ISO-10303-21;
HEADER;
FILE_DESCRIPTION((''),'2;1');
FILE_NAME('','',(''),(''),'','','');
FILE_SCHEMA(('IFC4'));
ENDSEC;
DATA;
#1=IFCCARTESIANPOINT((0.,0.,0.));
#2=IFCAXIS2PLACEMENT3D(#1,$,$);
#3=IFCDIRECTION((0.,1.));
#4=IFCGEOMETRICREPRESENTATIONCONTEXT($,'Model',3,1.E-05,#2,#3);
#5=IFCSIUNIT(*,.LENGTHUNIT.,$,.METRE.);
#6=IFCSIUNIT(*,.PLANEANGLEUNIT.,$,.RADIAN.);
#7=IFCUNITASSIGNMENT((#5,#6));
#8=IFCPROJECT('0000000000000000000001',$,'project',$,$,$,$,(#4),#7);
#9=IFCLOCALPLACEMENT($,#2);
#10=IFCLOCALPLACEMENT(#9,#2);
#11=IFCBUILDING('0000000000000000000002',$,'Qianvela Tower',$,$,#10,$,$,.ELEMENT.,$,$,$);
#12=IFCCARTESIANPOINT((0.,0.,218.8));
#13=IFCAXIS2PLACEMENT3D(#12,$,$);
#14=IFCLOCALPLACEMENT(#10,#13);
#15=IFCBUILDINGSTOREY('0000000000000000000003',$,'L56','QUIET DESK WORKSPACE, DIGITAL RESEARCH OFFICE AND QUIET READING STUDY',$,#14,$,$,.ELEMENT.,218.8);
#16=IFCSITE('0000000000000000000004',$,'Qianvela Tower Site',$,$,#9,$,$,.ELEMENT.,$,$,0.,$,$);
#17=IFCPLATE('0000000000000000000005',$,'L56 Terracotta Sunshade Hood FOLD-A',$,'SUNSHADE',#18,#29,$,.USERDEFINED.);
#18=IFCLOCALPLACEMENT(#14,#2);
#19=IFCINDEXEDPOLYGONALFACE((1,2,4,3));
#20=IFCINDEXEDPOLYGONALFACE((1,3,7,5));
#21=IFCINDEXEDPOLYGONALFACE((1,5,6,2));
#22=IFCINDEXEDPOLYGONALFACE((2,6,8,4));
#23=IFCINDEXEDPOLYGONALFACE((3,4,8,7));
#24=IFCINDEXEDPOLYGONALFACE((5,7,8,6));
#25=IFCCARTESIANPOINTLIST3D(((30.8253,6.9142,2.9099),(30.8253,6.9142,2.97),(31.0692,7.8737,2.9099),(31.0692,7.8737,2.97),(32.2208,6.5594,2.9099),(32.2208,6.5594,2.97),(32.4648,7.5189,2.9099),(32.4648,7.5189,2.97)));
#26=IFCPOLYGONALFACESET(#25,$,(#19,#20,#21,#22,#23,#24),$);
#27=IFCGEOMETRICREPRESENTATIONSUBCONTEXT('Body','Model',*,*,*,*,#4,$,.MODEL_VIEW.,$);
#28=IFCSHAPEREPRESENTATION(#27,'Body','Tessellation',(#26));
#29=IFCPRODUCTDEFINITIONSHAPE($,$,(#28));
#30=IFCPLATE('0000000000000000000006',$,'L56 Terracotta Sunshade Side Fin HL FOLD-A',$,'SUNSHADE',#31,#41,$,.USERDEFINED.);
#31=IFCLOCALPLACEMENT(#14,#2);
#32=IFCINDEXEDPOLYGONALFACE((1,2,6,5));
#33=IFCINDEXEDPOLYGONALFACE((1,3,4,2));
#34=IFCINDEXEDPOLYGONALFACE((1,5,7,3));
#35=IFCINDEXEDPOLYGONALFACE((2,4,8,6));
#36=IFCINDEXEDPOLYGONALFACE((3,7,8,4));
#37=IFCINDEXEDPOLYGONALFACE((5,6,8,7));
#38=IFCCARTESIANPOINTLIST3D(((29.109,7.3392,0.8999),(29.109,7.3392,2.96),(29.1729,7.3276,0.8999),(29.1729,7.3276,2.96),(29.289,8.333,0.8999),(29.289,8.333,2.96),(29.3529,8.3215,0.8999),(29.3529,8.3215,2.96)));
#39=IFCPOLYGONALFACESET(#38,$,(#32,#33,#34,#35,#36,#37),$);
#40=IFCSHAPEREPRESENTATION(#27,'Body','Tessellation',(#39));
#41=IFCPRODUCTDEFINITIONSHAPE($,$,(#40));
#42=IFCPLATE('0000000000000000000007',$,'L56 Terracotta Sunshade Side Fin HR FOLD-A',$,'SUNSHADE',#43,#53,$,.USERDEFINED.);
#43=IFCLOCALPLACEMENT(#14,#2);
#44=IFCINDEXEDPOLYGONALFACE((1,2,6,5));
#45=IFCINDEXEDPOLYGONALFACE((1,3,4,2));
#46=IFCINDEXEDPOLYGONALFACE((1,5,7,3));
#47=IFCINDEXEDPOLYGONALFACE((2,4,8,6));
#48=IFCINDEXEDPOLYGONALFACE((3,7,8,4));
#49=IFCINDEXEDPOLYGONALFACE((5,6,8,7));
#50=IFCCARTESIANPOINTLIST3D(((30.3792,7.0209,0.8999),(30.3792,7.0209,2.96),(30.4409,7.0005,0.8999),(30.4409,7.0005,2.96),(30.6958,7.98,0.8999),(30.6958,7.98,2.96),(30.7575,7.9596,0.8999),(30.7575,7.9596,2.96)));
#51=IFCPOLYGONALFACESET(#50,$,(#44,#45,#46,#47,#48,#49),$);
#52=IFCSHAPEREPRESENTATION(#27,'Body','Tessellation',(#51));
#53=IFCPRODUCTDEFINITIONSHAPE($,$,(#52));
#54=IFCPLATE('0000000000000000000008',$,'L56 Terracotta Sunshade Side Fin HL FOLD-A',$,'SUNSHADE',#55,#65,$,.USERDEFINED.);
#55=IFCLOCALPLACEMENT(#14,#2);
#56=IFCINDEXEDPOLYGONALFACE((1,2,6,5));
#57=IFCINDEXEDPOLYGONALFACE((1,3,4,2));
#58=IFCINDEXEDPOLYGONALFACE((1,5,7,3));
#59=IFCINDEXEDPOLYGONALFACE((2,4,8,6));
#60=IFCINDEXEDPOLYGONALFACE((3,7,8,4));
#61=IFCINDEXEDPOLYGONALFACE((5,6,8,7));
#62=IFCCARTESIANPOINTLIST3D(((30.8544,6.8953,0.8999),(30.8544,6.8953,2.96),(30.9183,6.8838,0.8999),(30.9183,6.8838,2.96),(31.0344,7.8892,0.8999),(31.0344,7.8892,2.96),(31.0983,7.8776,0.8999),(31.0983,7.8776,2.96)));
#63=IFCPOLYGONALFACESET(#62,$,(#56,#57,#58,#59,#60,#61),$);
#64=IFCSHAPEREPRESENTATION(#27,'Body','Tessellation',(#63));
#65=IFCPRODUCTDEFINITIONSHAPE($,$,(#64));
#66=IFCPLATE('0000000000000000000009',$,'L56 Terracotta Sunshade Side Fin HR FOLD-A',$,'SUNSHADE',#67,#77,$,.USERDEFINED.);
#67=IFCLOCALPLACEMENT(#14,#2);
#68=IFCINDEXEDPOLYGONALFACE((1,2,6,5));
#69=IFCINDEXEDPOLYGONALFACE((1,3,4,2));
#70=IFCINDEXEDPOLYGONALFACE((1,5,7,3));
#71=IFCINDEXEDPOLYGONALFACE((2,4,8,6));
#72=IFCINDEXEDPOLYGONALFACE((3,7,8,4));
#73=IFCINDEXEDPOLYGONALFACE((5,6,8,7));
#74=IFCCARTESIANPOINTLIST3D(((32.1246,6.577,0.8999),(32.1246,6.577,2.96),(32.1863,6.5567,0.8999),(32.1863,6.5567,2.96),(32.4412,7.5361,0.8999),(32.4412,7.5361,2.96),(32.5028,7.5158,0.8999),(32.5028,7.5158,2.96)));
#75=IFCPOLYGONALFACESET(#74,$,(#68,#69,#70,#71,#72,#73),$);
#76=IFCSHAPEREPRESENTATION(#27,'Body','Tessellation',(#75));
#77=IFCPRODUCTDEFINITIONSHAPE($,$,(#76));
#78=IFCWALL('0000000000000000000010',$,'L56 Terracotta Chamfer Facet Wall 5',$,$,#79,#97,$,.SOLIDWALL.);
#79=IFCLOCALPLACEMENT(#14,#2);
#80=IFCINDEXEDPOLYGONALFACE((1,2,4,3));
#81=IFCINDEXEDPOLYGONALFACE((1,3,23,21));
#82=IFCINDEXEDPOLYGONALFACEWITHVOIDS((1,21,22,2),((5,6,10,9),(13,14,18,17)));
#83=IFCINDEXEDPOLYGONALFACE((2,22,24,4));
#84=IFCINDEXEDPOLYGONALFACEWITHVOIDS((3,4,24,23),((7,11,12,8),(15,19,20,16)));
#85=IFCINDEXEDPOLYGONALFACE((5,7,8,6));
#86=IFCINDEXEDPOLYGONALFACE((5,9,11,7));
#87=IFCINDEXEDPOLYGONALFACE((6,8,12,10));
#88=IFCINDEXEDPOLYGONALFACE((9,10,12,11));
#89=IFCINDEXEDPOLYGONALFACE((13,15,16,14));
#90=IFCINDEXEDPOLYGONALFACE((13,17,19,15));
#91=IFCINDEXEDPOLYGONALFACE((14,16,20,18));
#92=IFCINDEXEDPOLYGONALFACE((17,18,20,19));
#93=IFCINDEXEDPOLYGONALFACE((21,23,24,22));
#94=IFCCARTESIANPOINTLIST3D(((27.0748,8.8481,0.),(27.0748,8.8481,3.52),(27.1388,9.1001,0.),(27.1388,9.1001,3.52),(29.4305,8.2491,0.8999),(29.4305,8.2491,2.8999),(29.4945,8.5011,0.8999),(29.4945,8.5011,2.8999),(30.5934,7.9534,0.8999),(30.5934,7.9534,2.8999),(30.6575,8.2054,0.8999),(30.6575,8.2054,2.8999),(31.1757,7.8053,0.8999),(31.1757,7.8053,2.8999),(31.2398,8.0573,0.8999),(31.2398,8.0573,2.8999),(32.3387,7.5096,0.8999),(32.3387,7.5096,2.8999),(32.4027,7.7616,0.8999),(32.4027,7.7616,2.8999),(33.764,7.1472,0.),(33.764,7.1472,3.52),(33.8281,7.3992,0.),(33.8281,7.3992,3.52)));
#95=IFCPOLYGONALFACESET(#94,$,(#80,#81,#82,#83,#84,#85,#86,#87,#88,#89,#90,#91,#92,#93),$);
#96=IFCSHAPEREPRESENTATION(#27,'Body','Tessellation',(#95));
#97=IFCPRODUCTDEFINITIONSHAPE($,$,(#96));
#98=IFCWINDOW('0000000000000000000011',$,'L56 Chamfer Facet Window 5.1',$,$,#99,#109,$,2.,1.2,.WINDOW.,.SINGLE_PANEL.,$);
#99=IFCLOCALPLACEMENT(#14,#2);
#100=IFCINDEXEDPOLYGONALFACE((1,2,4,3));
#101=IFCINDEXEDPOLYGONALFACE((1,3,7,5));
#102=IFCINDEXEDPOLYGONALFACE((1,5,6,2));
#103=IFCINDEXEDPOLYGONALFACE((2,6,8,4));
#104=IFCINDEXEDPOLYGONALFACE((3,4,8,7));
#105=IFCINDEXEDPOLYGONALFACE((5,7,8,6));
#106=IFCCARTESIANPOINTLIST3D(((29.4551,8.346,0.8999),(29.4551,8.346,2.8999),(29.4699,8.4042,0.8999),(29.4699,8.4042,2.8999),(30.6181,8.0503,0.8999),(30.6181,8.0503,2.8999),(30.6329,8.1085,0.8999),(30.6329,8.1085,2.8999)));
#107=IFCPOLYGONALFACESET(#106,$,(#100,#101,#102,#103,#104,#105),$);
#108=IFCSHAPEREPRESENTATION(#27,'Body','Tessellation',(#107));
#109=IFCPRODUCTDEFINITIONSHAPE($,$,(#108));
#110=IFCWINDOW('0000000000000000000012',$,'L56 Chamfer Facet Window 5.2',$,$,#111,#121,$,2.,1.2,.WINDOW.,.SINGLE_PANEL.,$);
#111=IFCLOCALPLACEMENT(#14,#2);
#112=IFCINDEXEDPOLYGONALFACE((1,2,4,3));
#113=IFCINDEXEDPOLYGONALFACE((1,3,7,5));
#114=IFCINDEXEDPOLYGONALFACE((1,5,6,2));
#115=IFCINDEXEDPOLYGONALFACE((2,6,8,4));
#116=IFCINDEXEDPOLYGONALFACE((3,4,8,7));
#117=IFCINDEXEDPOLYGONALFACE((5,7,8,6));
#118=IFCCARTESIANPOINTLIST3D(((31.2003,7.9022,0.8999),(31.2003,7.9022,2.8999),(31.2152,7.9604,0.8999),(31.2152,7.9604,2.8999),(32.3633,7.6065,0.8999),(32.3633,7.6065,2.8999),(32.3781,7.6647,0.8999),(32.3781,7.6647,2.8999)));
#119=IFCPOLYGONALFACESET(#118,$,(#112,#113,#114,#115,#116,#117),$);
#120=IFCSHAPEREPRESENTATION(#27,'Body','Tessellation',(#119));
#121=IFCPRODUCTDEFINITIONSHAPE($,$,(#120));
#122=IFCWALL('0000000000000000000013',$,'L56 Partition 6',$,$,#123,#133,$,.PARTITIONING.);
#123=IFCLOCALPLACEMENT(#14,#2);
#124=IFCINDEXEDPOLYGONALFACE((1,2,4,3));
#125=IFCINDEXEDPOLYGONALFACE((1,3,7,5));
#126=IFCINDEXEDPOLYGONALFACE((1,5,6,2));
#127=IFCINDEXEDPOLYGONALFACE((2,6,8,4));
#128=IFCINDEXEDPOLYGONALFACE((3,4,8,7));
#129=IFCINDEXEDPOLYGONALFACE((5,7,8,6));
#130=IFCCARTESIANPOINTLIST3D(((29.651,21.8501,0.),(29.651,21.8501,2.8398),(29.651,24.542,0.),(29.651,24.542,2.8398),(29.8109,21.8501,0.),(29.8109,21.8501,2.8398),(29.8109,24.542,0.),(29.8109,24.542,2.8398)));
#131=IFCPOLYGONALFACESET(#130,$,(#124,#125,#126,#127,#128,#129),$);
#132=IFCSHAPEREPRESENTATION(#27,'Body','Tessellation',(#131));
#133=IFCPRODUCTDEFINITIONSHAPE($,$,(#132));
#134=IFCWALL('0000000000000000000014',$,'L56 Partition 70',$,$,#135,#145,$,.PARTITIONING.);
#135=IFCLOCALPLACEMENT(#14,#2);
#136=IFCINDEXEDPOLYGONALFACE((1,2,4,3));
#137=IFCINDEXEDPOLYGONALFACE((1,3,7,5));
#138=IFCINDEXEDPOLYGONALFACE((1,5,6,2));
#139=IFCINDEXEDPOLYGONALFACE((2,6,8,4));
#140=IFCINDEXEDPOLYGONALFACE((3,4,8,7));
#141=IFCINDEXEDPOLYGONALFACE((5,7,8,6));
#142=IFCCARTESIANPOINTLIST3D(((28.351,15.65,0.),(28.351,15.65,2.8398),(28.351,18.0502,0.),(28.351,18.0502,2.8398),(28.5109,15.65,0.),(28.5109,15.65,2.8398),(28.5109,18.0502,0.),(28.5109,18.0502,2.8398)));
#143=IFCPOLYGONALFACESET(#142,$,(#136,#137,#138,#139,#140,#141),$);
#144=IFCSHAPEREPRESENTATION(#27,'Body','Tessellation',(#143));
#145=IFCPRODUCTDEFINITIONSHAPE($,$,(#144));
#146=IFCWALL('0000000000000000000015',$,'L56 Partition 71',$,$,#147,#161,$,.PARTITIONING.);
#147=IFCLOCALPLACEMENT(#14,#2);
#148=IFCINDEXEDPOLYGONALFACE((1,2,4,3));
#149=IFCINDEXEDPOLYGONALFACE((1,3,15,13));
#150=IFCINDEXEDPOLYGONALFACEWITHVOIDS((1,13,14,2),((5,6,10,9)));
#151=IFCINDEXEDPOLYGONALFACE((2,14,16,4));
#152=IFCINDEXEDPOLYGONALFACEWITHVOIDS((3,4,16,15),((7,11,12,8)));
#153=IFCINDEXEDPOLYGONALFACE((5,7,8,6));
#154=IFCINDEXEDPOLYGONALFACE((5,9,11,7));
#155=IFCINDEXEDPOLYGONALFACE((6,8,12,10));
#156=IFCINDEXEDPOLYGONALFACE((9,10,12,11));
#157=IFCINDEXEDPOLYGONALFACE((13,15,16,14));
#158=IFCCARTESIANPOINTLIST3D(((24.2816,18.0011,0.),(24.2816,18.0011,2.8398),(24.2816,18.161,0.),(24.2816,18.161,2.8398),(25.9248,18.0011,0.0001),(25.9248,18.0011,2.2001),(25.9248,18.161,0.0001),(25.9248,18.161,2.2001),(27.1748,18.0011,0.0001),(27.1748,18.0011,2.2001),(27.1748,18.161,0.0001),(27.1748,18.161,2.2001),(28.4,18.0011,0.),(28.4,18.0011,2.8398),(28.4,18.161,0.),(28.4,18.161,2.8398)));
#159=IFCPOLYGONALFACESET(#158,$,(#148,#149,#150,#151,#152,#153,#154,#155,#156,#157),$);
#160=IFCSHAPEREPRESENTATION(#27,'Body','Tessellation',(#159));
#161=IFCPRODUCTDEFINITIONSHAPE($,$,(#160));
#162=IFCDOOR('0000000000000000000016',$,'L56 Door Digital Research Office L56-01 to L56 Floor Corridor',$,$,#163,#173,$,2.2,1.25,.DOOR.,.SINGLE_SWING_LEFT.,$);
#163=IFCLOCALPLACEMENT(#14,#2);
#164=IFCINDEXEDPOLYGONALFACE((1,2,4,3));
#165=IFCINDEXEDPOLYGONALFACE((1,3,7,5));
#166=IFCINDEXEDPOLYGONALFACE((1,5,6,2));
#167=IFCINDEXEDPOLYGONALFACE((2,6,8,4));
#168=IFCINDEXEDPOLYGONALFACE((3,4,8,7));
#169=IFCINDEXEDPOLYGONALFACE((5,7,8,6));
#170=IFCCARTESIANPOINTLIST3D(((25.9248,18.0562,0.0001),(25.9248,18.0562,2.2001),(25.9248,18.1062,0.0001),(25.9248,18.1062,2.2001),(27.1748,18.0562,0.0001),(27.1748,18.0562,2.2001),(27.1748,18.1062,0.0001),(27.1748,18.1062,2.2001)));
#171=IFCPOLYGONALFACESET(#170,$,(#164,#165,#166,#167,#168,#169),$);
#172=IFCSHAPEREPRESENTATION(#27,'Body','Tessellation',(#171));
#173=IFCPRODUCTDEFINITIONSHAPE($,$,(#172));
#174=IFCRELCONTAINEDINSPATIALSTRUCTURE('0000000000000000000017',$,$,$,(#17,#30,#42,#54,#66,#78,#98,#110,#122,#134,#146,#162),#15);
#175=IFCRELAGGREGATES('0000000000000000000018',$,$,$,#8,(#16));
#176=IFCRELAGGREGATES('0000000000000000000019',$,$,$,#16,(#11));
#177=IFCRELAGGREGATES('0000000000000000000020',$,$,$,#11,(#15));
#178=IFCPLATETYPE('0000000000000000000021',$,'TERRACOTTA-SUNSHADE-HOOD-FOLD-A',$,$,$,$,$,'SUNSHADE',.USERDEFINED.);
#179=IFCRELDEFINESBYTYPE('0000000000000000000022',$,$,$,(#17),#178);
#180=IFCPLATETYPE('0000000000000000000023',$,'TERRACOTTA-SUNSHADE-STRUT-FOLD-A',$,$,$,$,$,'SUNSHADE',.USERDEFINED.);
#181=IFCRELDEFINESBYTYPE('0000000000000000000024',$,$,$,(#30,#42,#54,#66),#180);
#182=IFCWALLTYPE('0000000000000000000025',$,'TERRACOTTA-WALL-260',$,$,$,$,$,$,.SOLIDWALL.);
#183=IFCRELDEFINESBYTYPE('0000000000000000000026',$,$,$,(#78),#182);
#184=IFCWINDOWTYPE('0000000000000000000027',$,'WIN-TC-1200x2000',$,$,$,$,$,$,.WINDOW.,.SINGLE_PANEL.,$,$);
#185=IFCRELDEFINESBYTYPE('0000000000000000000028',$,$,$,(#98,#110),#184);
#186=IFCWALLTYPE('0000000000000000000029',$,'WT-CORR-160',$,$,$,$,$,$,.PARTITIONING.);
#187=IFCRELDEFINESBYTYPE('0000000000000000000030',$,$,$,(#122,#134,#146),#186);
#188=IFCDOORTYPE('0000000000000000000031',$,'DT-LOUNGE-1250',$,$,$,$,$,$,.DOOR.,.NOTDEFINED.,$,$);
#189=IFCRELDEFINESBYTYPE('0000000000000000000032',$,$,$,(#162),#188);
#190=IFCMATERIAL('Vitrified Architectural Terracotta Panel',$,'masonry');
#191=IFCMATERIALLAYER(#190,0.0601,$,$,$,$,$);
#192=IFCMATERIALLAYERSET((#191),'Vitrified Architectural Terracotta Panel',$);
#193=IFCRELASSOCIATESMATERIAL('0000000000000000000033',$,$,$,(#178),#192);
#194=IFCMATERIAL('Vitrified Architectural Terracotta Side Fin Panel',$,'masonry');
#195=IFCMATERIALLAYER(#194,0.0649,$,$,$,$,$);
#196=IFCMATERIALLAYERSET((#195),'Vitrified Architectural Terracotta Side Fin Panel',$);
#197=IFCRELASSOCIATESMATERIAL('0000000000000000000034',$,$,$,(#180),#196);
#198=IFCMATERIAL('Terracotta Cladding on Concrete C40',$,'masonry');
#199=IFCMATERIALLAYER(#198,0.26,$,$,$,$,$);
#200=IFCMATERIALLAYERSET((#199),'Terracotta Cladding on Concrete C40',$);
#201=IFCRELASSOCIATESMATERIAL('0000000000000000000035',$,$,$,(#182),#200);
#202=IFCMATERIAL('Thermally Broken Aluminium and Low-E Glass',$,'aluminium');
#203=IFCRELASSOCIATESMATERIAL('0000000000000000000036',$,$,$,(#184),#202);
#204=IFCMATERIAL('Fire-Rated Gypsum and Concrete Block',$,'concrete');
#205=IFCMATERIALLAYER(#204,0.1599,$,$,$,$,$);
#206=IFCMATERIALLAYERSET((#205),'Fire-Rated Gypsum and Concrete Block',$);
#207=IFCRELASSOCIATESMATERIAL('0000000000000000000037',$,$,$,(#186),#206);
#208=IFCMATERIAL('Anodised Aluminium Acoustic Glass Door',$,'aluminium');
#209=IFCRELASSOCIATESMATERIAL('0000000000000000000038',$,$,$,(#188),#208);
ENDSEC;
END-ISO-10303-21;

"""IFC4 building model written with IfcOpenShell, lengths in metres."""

from ifc_helpers import new_model, si_unit, direction, frame, frame_2d, origin, origin_2d, place, context, subcontext, project, spatial, rectangle, extrude, material, layer, layer_set, type_object, element, fill, save


model = new_model("IFC4")

# Units and contexts
model_context = context("Model", 3, precision=1e-05, world=origin(), true_north=direction((0.0, 1.0)))
body_context = subcontext(model_context, "Body", "Model", "MODEL_VIEW")
ifc_project = project(units=[si_unit("LENGTHUNIT", "METRE"), si_unit("PLANEANGLEUNIT", "RADIAN")], contexts=[model_context])

# Site, building, storey
site_placement = place(None, origin())
site = spatial("IfcSite", under=ifc_project, at=site_placement, Name="Qianvela Tower Site", CompositionType="ELEMENT", RefElevation=0.0)
building_placement = place(site_placement, origin())
building = spatial("IfcBuilding", under=site, at=building_placement, Name="Qianvela Tower", CompositionType="ELEMENT")
storey_placement = place(building_placement, frame((0.0, 0.0, 218.8)))
storey = spatial("IfcBuildingStorey", under=building, at=storey_placement, Name="L56", Description="QUIET DESK WORKSPACE, DIGITAL RESEARCH OFFICE AND QUIET READING STUDY", CompositionType="ELEMENT", Elevation=218.8)

# Plates
ifc_material_1 = material(Name="Vitrified Architectural Terracotta Panel", Category="masonry")
ifc_layer_1 = layer(ifc_material_1, 0.0601)
ifc_layer_set_1 = layer_set([ifc_layer_1], Name="Vitrified Architectural Terracotta Panel")
plate_type_1 = type_object("IfcPlateType", Name="TERRACOTTA-SUNSHADE-HOOD-FOLD-A", ElementType="SUNSHADE", PredefinedType="USERDEFINED", material=ifc_layer_set_1)
for number, where, z_axis, x_axis, name in (
    (1, (31.645, 7.2166, 2.9099), (0.0, 0.0, 1.0), (0.969162, -0.246424, 0.0), "L56 Terracotta Sunshade Hood FOLD-A"),
):
    element("IfcPlate", number, at=place(storey_placement, frame(where, z_axis=z_axis, x_axis=x_axis)), inside=storey, type_object=plate_type_1, Name=name, ObjectType="SUNSHADE", PredefinedType="USERDEFINED", context=body_context, shape_type="SweptSolid", body=[
        extrude(rectangle(XDim=1.4399, YDim=0.99, at=origin_2d()), origin(), (0.0, 0.0, 1.0), 0.0601),
    ])
ifc_material_2 = material(Name="Vitrified Architectural Terracotta Side Fin Panel", Category="masonry")
ifc_layer_2 = layer(ifc_material_2, 0.0649)
ifc_layer_set_2 = layer_set([ifc_layer_2], Name="Vitrified Architectural Terracotta Side Fin Panel")
plate_type_2 = type_object("IfcPlateType", Name="TERRACOTTA-SUNSHADE-STRUT-FOLD-A", ElementType="SUNSHADE", PredefinedType="USERDEFINED", material=ifc_layer_set_2)
for number, where, z_axis, x_axis, name in (
    (2, (29.231, 7.8303, 0.8999), (0.0, 0.0, 1.0), (0.983991, -0.178218, 0.0), "L56 Terracotta Sunshade Side Fin HL FOLD-A"),
    (3, (30.5684, 7.4902, 0.8999), (0.0, 0.0, 1.0), (0.949612, -0.313429, 0.0), "L56 Terracotta Sunshade Side Fin HR FOLD-A"),
    (4, (30.9763, 7.3865, 0.8999), (0.0, 0.0, 1.0), (0.983991, -0.178218, 0.0), "L56 Terracotta Sunshade Side Fin HL FOLD-A"),
    (5, (32.3137, 7.0464, 0.8999), (0.0, 0.0, 1.0), (0.949612, -0.313429, 0.0), "L56 Terracotta Sunshade Side Fin HR FOLD-A"),
):
    element("IfcPlate", number, at=place(storey_placement, frame(where, z_axis=z_axis, x_axis=x_axis)), inside=storey, type_object=plate_type_2, Name=name, ObjectType="SUNSHADE", PredefinedType="USERDEFINED", context=body_context, shape_type="SweptSolid", body=[
        extrude(rectangle(XDim=0.0649, YDim=1.01, at=origin_2d()), origin(), (0.0, 0.0, 1.0), 2.0601),
    ])

# Wall, openings, windows
ifc_material_3 = material(Name="Terracotta Cladding on Concrete C40", Category="masonry")
ifc_layer_3 = layer(ifc_material_3, 0.26)
ifc_layer_set_3 = layer_set([ifc_layer_3], Name="Terracotta Cladding on Concrete C40")
wall_type_1 = type_object("IfcWallType", Name="TERRACOTTA-WALL-260", PredefinedType="SOLIDWALL", material=ifc_layer_set_3)
wall_1_placement = place(storey_placement, frame((27.1067, 8.9741, 0.0), z_axis=(0.0, 0.0, 1.0), x_axis=(0.969159, -0.246437, 0.0)))
wall_1 = element("IfcWall", 6, at=wall_1_placement, inside=storey, type_object=wall_type_1, Name="L56 Terracotta Chamfer Facet Wall 5", PredefinedType="SOLIDWALL", context=body_context, shape_type="SweptSolid", body=[
    extrude(rectangle(XDim=6.9021, YDim=0.26, at=frame_2d((3.4512, 0.0))), origin(), (0.0, 0.0, 1.0), 3.52),
])
opening_1_placement = place(wall_1_placement, frame((2.4307, 0.0, 0.8999)))
opening_1 = element("IfcOpeningElement", 7, at=opening_1_placement, cuts=wall_1, PredefinedType="OPENING", context=body_context, shape_type="SweptSolid", body=[
    extrude(rectangle(XDim=1.2, YDim=2.0, at=frame_2d((0.6001, 1.0))), frame((0.0, 0.1399, 0.0), z_axis=(0.0, -1.0, 0.0), x_axis=(1.0, 0.0, 0.0)), (0.0, 0.0, 1.0), 0.28),
])
opening_2_placement = place(wall_1_placement, frame((4.2314, 0.0, 0.8999)))
opening_2 = element("IfcOpeningElement", 8, at=opening_2_placement, cuts=wall_1, PredefinedType="OPENING", context=body_context, shape_type="SweptSolid", body=[
    extrude(rectangle(XDim=1.2, YDim=2.0, at=frame_2d((0.6001, 1.0))), frame((0.0, 0.1399, 0.0), z_axis=(0.0, -1.0, 0.0), x_axis=(1.0, 0.0, 0.0)), (0.0, 0.0, 1.0), 0.28),
])
ifc_material_4 = material(Name="Thermally Broken Aluminium and Low-E Glass", Category="aluminium")
window_type = type_object("IfcWindowType", Name="WIN-TC-1200x2000", PartitioningType="SINGLE_PANEL", PredefinedType="WINDOW", material=ifc_material_4)
window_1_placement = place(opening_1_placement, origin())
window_1 = element("IfcWindow", 9, at=window_1_placement, inside=storey, type_object=window_type, Name="L56 Chamfer Facet Window 5.1", OverallHeight=2.0, OverallWidth=1.2, PartitioningType="SINGLE_PANEL", PredefinedType="WINDOW", context=body_context, shape_type="SweptSolid", body=[
    extrude(rectangle(XDim=1.2, YDim=2.0, at=frame_2d((0.6001, 1.0))), frame((0.0, 0.03, 0.0), z_axis=(0.0, -1.0, 0.0), x_axis=(1.0, 0.0, 0.0)), (0.0, 0.0, 1.0), 0.0601),
])
fill(opening_1, window_1)
window_2_placement = place(opening_2_placement, origin())
window_2 = element("IfcWindow", 10, at=window_2_placement, inside=storey, type_object=window_type, Name="L56 Chamfer Facet Window 5.2", OverallHeight=2.0, OverallWidth=1.2, PartitioningType="SINGLE_PANEL", PredefinedType="WINDOW", context=body_context, shape_type="SweptSolid", body=[
    extrude(rectangle(XDim=1.2, YDim=2.0, at=frame_2d((0.6001, 1.0))), frame((0.0, 0.03, 0.0), z_axis=(0.0, -1.0, 0.0), x_axis=(1.0, 0.0, 0.0)), (0.0, 0.0, 1.0), 0.0601),
])
fill(opening_2, window_2)

# Walls
ifc_material_5 = material(Name="Fire-Rated Gypsum and Concrete Block", Category="concrete")
ifc_layer_4 = layer(ifc_material_5, 0.1599)
ifc_layer_set_4 = layer_set([ifc_layer_4], Name="Fire-Rated Gypsum and Concrete Block")
wall_type_2 = type_object("IfcWallType", Name="WT-CORR-160", PredefinedType="PARTITIONING", material=ifc_layer_set_4)
wall_2_placement = place(storey_placement, frame((29.731, 21.8501, 0.0), z_axis=(0.0, 0.0, 1.0), x_axis=(0.0, 1.0, 0.0)))
element("IfcWall", 11, at=wall_2_placement, inside=storey, type_object=wall_type_2, Name="L56 Partition 6", PredefinedType="PARTITIONING", context=body_context, shape_type="SweptSolid", body=[
    extrude(rectangle(XDim=2.6919, YDim=0.1599, at=frame_2d((1.3459, 0.0))), origin(), (0.0, 0.0, 1.0), 2.8398),
])
wall_3_placement = place(storey_placement, frame((28.4309, 15.6499, 0.0), z_axis=(0.0, 0.0, 1.0), x_axis=(0.0, 1.0, 0.0)))
element("IfcWall", 12, at=wall_3_placement, inside=storey, type_object=wall_type_2, Name="L56 Partition 70", PredefinedType="PARTITIONING", context=body_context, shape_type="SweptSolid", body=[
    extrude(rectangle(XDim=2.4001, YDim=0.1599, at=frame_2d((1.2002, 0.0))), origin(), (0.0, 0.0, 1.0), 2.8398),
])

# Wall, opening, door
wall_4_placement = place(storey_placement, frame((28.3999, 18.0811, 0.0), z_axis=(0.0, 0.0, 1.0), x_axis=(-1.0, 0.0, 0.0)))
wall_4 = element("IfcWall", 13, at=wall_4_placement, inside=storey, type_object=wall_type_2, Name="L56 Partition 71", PredefinedType="PARTITIONING", context=body_context, shape_type="SweptSolid", body=[
    extrude(rectangle(XDim=4.1184, YDim=0.1599, at=frame_2d((2.0591, 0.0))), origin(), (0.0, 0.0, 1.0), 2.8398),
])
opening_3_placement = place(wall_4_placement, frame((1.2251, 0.0, 0.0)))
opening_3 = element("IfcOpeningElement", 14, at=opening_3_placement, cuts=wall_4, PredefinedType="OPENING", context=body_context, shape_type="SweptSolid", body=[
    extrude(rectangle(XDim=1.25, YDim=2.2, at=frame_2d((0.625, 1.1001))), frame((0.0, 0.0898, 0.0), z_axis=(0.0, -1.0, 0.0), x_axis=(1.0, 0.0, 0.0)), (0.0, 0.0, 1.0), 0.1799),
])
ifc_material_6 = material(Name="Anodised Aluminium Acoustic Glass Door", Category="aluminium")
door_type = type_object("IfcDoorType", Name="DT-LOUNGE-1250", OperationType="NOTDEFINED", PredefinedType="DOOR", material=ifc_material_6)
door_placement = place(opening_3_placement, origin())
door = element("IfcDoor", 15, at=door_placement, inside=storey, type_object=door_type, Name="L56 Door Digital Research Office L56-01 to L56 Floor Corridor", OperationType="SINGLE_SWING_LEFT", OverallHeight=2.2, OverallWidth=1.25, PredefinedType="DOOR", context=body_context, shape_type="SweptSolid", body=[
    extrude(rectangle(XDim=1.25, YDim=2.2, at=frame_2d((0.625, 1.1001))), frame((0.0, 0.0249, 0.0), z_axis=(0.0, -1.0, 0.0), x_axis=(1.0, 0.0, 0.0)), (0.0, 0.0, 1.0), 0.05),
])
fill(opening_3, door)

save(model, "model.ifc")
